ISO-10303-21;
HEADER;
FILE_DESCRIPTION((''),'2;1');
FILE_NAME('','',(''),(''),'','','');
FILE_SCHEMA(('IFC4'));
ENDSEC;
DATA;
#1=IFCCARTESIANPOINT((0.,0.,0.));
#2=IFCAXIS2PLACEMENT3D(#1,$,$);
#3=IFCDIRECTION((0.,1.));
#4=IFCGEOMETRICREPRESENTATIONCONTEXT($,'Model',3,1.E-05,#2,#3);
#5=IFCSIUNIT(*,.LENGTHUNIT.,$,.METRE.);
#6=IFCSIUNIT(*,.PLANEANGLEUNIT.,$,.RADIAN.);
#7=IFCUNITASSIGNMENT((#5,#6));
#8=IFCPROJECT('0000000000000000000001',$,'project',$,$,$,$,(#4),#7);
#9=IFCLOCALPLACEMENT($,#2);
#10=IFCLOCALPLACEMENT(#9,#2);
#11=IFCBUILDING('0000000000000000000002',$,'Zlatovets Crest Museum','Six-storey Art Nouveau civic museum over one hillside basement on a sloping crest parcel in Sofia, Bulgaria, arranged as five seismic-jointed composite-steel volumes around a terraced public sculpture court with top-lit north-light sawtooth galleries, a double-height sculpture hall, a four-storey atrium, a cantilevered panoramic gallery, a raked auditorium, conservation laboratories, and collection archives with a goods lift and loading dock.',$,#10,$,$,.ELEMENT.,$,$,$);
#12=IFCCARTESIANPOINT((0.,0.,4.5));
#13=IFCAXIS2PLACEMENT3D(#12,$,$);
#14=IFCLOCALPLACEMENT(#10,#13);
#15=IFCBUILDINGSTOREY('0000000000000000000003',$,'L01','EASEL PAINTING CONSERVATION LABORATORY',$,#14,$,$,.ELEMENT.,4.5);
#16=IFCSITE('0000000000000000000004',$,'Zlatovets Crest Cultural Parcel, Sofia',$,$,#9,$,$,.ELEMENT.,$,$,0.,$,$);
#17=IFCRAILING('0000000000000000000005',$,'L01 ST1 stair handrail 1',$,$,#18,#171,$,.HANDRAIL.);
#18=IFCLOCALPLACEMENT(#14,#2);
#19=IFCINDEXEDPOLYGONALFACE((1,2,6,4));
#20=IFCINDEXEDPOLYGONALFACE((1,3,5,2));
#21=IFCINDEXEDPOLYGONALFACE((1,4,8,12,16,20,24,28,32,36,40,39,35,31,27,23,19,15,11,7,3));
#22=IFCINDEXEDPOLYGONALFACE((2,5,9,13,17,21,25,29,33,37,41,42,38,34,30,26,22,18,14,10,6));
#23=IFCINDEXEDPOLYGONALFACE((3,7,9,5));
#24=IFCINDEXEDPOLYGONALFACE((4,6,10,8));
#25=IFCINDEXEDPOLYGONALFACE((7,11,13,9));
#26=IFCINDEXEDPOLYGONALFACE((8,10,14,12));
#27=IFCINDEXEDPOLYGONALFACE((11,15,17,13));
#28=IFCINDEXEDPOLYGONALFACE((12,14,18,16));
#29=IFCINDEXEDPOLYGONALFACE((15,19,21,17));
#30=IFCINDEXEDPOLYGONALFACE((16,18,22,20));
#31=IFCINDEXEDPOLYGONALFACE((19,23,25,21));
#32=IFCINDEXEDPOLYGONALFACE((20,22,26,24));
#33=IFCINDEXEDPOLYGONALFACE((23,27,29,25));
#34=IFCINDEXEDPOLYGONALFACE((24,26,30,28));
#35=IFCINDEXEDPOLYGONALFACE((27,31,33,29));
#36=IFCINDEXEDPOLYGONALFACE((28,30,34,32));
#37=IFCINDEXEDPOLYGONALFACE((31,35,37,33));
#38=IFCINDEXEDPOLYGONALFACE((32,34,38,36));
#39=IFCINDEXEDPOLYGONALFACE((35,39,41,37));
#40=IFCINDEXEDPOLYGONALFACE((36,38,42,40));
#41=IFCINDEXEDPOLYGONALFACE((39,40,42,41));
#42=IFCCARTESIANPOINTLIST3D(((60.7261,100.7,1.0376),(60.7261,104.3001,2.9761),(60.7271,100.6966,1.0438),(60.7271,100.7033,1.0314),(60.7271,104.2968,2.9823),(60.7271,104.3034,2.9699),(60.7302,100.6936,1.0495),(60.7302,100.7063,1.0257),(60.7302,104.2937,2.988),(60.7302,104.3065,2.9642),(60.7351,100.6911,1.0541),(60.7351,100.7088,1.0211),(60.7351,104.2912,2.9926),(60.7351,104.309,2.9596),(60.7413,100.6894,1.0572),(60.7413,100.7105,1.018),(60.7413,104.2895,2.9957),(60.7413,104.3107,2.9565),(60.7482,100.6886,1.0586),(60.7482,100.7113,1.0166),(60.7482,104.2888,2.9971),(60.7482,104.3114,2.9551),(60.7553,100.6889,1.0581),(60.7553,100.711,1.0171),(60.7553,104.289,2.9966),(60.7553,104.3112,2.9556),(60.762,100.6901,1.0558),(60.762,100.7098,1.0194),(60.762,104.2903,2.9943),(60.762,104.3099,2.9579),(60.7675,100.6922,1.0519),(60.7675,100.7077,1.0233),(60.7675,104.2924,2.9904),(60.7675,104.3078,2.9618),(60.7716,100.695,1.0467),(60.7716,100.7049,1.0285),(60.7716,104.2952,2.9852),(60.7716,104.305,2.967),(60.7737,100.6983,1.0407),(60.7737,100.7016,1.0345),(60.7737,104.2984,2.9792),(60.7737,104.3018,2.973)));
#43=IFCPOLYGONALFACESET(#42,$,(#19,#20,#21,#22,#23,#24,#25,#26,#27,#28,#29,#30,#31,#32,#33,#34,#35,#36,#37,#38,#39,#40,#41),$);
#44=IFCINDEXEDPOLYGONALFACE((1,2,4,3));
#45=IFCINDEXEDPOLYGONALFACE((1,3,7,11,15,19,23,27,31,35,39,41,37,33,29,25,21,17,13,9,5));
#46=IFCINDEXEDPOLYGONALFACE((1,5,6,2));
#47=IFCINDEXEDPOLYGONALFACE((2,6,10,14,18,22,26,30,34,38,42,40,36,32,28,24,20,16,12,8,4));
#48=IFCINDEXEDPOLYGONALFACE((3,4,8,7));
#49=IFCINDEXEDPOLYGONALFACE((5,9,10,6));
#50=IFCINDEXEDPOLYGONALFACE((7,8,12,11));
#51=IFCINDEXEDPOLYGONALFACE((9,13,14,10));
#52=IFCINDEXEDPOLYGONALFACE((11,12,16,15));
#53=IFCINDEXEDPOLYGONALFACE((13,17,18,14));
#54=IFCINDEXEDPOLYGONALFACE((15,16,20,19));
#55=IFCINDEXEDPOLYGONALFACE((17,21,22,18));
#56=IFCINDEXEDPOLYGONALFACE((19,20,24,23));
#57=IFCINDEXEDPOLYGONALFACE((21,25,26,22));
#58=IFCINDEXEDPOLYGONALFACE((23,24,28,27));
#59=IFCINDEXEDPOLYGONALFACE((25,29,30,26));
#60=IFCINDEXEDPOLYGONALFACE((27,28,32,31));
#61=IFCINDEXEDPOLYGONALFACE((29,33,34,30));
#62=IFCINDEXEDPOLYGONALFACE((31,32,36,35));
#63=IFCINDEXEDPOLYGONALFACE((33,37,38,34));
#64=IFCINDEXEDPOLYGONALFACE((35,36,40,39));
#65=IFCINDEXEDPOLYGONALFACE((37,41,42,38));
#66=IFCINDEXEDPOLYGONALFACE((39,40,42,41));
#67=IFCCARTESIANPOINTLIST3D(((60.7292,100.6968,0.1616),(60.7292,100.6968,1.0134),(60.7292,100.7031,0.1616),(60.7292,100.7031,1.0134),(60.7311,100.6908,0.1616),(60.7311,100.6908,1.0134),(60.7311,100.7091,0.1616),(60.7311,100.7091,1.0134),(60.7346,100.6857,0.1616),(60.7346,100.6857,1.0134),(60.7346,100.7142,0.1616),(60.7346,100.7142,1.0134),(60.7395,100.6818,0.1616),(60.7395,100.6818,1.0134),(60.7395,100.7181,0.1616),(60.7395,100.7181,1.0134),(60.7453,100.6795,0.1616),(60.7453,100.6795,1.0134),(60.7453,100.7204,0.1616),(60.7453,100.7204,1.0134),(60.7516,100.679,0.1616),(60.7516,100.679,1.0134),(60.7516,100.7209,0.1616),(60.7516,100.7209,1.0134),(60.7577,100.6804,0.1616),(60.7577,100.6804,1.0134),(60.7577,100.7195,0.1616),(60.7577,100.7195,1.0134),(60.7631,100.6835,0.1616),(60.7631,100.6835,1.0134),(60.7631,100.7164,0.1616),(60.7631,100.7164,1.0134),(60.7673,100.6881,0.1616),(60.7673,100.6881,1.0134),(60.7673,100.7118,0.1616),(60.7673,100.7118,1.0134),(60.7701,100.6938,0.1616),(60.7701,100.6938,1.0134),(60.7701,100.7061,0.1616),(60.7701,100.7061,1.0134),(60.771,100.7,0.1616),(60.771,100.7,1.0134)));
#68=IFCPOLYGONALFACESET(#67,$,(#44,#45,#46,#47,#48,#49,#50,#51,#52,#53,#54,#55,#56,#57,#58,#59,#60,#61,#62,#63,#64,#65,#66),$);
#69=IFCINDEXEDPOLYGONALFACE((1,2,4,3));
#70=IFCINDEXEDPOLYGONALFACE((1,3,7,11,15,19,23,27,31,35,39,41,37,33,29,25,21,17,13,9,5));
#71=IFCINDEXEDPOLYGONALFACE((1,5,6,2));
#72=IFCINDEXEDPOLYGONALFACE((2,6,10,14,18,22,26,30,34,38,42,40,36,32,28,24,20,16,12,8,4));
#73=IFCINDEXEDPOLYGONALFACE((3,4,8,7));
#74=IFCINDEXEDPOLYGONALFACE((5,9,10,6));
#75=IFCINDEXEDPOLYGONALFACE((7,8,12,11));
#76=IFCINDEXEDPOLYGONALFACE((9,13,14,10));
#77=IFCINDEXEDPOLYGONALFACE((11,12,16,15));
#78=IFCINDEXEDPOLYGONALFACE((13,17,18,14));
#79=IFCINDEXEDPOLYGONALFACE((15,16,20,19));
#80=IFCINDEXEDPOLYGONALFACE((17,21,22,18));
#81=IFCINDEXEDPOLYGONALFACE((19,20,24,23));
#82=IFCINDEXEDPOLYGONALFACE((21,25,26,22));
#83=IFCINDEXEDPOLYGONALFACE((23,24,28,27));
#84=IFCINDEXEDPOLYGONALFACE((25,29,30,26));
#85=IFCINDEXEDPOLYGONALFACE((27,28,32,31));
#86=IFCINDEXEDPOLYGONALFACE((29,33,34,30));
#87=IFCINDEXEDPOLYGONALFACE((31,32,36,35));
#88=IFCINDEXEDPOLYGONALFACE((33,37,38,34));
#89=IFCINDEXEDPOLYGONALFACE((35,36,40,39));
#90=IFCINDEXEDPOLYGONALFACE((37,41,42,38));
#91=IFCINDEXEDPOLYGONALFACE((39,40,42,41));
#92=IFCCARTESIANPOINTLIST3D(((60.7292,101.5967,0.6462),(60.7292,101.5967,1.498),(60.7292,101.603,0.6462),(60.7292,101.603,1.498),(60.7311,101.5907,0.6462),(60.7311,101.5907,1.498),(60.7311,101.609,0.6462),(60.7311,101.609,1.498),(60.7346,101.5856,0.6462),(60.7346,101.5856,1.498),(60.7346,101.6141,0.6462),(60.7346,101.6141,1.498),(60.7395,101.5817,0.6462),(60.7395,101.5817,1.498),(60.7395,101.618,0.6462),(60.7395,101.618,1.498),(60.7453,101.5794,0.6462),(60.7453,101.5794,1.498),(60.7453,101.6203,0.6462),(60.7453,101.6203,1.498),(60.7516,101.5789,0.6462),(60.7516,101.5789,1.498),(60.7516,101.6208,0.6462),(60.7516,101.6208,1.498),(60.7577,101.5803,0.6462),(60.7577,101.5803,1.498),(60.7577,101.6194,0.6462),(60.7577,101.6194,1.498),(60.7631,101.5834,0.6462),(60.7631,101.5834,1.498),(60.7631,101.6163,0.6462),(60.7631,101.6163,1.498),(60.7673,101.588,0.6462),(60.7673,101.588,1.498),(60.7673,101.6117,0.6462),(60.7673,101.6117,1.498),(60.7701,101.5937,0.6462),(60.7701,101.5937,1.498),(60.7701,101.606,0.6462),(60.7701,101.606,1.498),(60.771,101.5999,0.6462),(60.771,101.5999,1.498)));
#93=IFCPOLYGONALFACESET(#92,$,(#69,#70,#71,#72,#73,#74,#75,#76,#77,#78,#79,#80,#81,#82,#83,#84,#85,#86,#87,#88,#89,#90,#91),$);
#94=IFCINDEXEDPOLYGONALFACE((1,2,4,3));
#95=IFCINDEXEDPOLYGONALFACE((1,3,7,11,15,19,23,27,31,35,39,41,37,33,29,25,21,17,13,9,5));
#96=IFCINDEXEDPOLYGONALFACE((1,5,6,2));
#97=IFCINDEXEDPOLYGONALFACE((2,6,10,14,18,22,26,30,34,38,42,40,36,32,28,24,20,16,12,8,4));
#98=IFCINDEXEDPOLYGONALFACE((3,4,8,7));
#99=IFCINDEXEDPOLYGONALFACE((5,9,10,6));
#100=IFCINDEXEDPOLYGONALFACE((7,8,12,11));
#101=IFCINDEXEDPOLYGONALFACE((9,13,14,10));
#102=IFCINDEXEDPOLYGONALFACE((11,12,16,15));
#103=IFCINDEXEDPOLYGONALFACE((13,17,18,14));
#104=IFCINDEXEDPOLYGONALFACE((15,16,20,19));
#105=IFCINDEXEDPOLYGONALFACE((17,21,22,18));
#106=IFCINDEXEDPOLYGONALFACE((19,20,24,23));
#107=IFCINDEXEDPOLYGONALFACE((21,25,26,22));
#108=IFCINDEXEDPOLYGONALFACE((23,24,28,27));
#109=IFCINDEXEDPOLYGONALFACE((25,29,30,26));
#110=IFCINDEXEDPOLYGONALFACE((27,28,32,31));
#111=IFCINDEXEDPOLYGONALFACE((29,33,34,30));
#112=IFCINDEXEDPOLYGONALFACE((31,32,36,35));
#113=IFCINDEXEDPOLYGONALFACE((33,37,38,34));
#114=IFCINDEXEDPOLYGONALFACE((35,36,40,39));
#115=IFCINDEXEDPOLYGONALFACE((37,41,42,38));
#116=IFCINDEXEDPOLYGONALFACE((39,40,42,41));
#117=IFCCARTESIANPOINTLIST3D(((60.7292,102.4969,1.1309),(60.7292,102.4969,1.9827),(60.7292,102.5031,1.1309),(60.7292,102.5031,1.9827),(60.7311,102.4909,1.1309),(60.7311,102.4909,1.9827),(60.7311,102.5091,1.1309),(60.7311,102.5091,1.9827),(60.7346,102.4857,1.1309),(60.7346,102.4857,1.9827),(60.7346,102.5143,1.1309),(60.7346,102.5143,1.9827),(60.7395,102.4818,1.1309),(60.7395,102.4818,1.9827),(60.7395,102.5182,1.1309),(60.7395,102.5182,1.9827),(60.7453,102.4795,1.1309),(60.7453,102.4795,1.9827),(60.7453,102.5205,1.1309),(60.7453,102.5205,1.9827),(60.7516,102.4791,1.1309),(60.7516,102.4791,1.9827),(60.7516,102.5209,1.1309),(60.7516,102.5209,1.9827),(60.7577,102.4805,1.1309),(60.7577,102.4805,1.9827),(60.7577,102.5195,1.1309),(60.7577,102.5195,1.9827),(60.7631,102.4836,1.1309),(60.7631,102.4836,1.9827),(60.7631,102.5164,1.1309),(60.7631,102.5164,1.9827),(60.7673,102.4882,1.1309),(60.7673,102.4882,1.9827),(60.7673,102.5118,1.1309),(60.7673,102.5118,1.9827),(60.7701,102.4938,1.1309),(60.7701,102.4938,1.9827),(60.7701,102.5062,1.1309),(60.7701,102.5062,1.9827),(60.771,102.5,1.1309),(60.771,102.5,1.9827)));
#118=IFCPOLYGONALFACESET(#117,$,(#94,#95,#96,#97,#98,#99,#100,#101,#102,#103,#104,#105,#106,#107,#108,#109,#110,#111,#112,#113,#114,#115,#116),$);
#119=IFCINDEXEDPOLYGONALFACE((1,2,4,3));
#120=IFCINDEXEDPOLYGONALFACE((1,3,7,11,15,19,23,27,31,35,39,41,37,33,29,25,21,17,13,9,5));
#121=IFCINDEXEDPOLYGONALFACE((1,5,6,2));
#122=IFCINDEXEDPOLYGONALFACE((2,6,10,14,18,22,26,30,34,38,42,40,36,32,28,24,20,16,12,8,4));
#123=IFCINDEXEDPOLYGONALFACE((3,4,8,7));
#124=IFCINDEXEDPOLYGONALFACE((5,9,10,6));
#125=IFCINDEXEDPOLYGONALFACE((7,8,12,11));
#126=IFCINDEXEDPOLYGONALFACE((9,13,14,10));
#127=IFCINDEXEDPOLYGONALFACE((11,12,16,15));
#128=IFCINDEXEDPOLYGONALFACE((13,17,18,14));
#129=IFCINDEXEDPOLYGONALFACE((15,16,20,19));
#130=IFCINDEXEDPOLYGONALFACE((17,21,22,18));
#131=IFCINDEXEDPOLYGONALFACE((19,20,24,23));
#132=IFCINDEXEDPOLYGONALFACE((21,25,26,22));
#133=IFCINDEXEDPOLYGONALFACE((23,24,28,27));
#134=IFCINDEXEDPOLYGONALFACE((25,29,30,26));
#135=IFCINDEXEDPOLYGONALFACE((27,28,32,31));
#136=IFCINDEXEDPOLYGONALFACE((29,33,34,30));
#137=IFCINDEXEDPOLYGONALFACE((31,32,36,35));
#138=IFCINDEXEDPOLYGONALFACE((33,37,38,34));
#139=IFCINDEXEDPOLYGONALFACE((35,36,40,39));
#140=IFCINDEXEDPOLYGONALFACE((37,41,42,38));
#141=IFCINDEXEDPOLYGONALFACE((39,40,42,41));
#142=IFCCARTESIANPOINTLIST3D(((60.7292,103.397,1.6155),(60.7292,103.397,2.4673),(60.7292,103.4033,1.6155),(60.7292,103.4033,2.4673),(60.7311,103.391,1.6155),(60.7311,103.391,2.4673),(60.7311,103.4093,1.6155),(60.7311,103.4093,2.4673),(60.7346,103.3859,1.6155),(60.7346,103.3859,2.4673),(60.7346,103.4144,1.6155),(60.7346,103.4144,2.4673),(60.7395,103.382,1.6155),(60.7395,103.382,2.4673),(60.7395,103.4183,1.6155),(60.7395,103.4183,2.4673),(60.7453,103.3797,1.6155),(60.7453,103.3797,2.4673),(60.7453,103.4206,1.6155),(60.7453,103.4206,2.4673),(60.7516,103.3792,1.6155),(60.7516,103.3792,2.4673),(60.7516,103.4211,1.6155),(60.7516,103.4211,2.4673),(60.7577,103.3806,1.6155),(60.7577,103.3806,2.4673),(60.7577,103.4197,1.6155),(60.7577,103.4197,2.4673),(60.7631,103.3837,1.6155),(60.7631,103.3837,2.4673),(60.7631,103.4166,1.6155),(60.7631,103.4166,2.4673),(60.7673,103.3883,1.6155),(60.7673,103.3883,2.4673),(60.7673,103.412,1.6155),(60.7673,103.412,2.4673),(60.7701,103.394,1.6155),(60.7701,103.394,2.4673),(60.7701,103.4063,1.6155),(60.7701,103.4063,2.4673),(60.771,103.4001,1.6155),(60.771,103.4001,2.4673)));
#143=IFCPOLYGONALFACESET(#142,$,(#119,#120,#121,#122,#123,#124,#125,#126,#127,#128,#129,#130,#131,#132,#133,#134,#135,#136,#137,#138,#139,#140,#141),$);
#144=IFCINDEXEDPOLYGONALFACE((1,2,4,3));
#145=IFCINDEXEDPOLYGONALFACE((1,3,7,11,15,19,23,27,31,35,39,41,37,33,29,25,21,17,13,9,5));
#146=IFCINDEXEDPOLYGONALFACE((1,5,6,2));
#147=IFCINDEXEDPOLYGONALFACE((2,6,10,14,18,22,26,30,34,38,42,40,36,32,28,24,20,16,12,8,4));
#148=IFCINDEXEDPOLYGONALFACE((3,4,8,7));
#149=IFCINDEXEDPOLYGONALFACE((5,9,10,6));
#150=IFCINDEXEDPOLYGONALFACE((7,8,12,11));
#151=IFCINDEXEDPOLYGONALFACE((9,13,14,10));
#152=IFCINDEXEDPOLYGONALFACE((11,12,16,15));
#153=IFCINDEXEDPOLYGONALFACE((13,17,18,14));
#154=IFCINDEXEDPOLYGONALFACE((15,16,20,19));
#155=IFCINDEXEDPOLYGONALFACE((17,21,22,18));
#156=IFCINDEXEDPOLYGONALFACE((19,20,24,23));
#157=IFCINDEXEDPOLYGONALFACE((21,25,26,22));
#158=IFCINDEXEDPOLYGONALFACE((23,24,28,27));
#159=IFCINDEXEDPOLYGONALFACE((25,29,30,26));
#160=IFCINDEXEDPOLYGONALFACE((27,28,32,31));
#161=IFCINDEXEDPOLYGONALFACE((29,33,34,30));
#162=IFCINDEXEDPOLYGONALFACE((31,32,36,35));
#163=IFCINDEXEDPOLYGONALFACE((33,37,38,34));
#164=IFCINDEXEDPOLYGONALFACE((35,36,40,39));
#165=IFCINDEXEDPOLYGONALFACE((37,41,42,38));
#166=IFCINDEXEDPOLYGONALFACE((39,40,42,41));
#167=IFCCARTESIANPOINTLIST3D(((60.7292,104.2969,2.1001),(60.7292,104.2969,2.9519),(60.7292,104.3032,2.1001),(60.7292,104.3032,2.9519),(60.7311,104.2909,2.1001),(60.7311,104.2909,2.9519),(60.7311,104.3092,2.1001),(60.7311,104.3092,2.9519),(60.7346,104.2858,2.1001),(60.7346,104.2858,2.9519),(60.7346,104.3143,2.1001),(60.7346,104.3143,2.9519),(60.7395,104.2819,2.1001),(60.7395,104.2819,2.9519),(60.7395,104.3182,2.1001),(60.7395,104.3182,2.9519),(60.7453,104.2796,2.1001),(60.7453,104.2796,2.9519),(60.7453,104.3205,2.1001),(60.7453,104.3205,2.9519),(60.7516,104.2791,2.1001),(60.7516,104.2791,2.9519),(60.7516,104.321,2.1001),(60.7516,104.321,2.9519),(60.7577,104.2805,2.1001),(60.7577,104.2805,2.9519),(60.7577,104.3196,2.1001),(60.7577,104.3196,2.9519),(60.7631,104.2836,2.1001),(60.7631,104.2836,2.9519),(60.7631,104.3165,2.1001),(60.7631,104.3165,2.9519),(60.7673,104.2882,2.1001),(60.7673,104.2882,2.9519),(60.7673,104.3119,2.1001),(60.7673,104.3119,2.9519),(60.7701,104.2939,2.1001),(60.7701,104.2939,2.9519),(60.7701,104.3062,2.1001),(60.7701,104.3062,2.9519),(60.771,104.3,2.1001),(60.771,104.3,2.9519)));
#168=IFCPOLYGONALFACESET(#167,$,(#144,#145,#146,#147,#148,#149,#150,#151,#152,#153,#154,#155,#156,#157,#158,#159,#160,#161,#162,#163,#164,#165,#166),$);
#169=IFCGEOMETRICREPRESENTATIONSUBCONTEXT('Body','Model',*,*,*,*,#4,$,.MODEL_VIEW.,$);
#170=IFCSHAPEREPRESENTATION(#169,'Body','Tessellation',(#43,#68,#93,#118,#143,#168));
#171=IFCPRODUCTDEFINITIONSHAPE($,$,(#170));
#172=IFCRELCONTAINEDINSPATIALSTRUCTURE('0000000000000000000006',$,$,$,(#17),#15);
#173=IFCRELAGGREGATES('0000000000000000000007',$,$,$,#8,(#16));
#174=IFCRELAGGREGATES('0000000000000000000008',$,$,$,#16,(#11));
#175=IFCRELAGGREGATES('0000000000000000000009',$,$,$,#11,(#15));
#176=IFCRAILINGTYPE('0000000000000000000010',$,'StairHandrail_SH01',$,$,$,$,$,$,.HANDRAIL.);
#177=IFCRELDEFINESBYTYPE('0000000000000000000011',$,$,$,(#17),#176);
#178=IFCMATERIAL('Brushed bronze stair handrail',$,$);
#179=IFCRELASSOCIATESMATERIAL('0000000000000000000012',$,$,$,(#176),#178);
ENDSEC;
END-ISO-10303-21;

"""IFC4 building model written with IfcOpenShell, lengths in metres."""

from ifc_helpers import new_model, si_unit, direction, frame, origin, origin_2d, place, context, subcontext, project, spatial, circle, extrude, material, type_object, element, save


model = new_model("IFC4")

# Units and contexts
model_context = context("Model", 3, precision=1e-05, world=origin(), true_north=direction((0.0, 1.0)))
body_context = subcontext(model_context, "Body", "Model", "MODEL_VIEW")
ifc_project = project(units=[si_unit("LENGTHUNIT", "METRE"), si_unit("PLANEANGLEUNIT", "RADIAN")], contexts=[model_context])

# Site, building, storey
site_placement = place(None, origin())
site = spatial("IfcSite", under=ifc_project, at=site_placement, Name="Zlatovets Crest Cultural Parcel, Sofia", CompositionType="ELEMENT", RefElevation=0.0)
building_placement = place(site_placement, origin())
building = spatial("IfcBuilding", under=site, at=building_placement, Name="Zlatovets Crest Museum", Description="Six-storey Art Nouveau civic museum over one hillside basement on a sloping crest parcel in Sofia, Bulgaria, arranged as five seismic-jointed composite-steel volumes around a terraced public sculpture court with top-lit north-light sawtooth galleries, a double-height sculpture hall, a four-storey atrium, a cantilevered panoramic gallery, a raked auditorium, conservation laboratories, and collection archives with a goods lift and loading dock.", CompositionType="ELEMENT")
storey_placement = place(building_placement, frame((0.0, 0.0, 4.5)))
storey = spatial("IfcBuildingStorey", under=building, at=storey_placement, Name="L01", Description="EASEL PAINTING CONSERVATION LABORATORY", CompositionType="ELEMENT", Elevation=4.5)

# Railing
ifc_material_1 = material(Name="Brushed bronze stair handrail")
railing_type_1 = type_object("IfcRailingType", Name="StairHandrail_SH01", PredefinedType="HANDRAIL", material=ifc_material_1)
railing_1_placement = place(storey_placement, frame((60.75, 100.7, 0.1616)))
element("IfcRailing", 1, at=railing_1_placement, inside=storey, type_object=railing_type_1, Name="L01 ST1 stair handrail 1", PredefinedType="HANDRAIL", context=body_context, shape_type="SweptSolid", body=[
    extrude(circle(Radius=0.0239, at=origin_2d()), frame((0.0, 0.0, 0.876), z_axis=(0.0, 0.880475, 0.474093), x_axis=(-1.0, 0.0, 0.0)), (0.0, 0.0, 1.0), 4.0889),
    extrude(circle(Radius=0.021, at=origin_2d()), origin(), (0.0, 0.0, 1.0), 0.8518),
    extrude(circle(Radius=0.021, at=origin_2d()), frame((0.0, 0.8999, 0.4846)), (0.0, 0.0, 1.0), 0.8518),
    extrude(circle(Radius=0.021, at=origin_2d()), frame((0.0, 1.8, 0.9692)), (0.0, 0.0, 1.0), 0.8518),
    extrude(circle(Radius=0.021, at=origin_2d()), frame((0.0, 2.7002, 1.4539)), (0.0, 0.0, 1.0), 0.8518),
    extrude(circle(Radius=0.021, at=origin_2d()), frame((0.0, 3.6001, 1.9385)), (0.0, 0.0, 1.0), 0.8518),
])

save(model, "model.ifc")
